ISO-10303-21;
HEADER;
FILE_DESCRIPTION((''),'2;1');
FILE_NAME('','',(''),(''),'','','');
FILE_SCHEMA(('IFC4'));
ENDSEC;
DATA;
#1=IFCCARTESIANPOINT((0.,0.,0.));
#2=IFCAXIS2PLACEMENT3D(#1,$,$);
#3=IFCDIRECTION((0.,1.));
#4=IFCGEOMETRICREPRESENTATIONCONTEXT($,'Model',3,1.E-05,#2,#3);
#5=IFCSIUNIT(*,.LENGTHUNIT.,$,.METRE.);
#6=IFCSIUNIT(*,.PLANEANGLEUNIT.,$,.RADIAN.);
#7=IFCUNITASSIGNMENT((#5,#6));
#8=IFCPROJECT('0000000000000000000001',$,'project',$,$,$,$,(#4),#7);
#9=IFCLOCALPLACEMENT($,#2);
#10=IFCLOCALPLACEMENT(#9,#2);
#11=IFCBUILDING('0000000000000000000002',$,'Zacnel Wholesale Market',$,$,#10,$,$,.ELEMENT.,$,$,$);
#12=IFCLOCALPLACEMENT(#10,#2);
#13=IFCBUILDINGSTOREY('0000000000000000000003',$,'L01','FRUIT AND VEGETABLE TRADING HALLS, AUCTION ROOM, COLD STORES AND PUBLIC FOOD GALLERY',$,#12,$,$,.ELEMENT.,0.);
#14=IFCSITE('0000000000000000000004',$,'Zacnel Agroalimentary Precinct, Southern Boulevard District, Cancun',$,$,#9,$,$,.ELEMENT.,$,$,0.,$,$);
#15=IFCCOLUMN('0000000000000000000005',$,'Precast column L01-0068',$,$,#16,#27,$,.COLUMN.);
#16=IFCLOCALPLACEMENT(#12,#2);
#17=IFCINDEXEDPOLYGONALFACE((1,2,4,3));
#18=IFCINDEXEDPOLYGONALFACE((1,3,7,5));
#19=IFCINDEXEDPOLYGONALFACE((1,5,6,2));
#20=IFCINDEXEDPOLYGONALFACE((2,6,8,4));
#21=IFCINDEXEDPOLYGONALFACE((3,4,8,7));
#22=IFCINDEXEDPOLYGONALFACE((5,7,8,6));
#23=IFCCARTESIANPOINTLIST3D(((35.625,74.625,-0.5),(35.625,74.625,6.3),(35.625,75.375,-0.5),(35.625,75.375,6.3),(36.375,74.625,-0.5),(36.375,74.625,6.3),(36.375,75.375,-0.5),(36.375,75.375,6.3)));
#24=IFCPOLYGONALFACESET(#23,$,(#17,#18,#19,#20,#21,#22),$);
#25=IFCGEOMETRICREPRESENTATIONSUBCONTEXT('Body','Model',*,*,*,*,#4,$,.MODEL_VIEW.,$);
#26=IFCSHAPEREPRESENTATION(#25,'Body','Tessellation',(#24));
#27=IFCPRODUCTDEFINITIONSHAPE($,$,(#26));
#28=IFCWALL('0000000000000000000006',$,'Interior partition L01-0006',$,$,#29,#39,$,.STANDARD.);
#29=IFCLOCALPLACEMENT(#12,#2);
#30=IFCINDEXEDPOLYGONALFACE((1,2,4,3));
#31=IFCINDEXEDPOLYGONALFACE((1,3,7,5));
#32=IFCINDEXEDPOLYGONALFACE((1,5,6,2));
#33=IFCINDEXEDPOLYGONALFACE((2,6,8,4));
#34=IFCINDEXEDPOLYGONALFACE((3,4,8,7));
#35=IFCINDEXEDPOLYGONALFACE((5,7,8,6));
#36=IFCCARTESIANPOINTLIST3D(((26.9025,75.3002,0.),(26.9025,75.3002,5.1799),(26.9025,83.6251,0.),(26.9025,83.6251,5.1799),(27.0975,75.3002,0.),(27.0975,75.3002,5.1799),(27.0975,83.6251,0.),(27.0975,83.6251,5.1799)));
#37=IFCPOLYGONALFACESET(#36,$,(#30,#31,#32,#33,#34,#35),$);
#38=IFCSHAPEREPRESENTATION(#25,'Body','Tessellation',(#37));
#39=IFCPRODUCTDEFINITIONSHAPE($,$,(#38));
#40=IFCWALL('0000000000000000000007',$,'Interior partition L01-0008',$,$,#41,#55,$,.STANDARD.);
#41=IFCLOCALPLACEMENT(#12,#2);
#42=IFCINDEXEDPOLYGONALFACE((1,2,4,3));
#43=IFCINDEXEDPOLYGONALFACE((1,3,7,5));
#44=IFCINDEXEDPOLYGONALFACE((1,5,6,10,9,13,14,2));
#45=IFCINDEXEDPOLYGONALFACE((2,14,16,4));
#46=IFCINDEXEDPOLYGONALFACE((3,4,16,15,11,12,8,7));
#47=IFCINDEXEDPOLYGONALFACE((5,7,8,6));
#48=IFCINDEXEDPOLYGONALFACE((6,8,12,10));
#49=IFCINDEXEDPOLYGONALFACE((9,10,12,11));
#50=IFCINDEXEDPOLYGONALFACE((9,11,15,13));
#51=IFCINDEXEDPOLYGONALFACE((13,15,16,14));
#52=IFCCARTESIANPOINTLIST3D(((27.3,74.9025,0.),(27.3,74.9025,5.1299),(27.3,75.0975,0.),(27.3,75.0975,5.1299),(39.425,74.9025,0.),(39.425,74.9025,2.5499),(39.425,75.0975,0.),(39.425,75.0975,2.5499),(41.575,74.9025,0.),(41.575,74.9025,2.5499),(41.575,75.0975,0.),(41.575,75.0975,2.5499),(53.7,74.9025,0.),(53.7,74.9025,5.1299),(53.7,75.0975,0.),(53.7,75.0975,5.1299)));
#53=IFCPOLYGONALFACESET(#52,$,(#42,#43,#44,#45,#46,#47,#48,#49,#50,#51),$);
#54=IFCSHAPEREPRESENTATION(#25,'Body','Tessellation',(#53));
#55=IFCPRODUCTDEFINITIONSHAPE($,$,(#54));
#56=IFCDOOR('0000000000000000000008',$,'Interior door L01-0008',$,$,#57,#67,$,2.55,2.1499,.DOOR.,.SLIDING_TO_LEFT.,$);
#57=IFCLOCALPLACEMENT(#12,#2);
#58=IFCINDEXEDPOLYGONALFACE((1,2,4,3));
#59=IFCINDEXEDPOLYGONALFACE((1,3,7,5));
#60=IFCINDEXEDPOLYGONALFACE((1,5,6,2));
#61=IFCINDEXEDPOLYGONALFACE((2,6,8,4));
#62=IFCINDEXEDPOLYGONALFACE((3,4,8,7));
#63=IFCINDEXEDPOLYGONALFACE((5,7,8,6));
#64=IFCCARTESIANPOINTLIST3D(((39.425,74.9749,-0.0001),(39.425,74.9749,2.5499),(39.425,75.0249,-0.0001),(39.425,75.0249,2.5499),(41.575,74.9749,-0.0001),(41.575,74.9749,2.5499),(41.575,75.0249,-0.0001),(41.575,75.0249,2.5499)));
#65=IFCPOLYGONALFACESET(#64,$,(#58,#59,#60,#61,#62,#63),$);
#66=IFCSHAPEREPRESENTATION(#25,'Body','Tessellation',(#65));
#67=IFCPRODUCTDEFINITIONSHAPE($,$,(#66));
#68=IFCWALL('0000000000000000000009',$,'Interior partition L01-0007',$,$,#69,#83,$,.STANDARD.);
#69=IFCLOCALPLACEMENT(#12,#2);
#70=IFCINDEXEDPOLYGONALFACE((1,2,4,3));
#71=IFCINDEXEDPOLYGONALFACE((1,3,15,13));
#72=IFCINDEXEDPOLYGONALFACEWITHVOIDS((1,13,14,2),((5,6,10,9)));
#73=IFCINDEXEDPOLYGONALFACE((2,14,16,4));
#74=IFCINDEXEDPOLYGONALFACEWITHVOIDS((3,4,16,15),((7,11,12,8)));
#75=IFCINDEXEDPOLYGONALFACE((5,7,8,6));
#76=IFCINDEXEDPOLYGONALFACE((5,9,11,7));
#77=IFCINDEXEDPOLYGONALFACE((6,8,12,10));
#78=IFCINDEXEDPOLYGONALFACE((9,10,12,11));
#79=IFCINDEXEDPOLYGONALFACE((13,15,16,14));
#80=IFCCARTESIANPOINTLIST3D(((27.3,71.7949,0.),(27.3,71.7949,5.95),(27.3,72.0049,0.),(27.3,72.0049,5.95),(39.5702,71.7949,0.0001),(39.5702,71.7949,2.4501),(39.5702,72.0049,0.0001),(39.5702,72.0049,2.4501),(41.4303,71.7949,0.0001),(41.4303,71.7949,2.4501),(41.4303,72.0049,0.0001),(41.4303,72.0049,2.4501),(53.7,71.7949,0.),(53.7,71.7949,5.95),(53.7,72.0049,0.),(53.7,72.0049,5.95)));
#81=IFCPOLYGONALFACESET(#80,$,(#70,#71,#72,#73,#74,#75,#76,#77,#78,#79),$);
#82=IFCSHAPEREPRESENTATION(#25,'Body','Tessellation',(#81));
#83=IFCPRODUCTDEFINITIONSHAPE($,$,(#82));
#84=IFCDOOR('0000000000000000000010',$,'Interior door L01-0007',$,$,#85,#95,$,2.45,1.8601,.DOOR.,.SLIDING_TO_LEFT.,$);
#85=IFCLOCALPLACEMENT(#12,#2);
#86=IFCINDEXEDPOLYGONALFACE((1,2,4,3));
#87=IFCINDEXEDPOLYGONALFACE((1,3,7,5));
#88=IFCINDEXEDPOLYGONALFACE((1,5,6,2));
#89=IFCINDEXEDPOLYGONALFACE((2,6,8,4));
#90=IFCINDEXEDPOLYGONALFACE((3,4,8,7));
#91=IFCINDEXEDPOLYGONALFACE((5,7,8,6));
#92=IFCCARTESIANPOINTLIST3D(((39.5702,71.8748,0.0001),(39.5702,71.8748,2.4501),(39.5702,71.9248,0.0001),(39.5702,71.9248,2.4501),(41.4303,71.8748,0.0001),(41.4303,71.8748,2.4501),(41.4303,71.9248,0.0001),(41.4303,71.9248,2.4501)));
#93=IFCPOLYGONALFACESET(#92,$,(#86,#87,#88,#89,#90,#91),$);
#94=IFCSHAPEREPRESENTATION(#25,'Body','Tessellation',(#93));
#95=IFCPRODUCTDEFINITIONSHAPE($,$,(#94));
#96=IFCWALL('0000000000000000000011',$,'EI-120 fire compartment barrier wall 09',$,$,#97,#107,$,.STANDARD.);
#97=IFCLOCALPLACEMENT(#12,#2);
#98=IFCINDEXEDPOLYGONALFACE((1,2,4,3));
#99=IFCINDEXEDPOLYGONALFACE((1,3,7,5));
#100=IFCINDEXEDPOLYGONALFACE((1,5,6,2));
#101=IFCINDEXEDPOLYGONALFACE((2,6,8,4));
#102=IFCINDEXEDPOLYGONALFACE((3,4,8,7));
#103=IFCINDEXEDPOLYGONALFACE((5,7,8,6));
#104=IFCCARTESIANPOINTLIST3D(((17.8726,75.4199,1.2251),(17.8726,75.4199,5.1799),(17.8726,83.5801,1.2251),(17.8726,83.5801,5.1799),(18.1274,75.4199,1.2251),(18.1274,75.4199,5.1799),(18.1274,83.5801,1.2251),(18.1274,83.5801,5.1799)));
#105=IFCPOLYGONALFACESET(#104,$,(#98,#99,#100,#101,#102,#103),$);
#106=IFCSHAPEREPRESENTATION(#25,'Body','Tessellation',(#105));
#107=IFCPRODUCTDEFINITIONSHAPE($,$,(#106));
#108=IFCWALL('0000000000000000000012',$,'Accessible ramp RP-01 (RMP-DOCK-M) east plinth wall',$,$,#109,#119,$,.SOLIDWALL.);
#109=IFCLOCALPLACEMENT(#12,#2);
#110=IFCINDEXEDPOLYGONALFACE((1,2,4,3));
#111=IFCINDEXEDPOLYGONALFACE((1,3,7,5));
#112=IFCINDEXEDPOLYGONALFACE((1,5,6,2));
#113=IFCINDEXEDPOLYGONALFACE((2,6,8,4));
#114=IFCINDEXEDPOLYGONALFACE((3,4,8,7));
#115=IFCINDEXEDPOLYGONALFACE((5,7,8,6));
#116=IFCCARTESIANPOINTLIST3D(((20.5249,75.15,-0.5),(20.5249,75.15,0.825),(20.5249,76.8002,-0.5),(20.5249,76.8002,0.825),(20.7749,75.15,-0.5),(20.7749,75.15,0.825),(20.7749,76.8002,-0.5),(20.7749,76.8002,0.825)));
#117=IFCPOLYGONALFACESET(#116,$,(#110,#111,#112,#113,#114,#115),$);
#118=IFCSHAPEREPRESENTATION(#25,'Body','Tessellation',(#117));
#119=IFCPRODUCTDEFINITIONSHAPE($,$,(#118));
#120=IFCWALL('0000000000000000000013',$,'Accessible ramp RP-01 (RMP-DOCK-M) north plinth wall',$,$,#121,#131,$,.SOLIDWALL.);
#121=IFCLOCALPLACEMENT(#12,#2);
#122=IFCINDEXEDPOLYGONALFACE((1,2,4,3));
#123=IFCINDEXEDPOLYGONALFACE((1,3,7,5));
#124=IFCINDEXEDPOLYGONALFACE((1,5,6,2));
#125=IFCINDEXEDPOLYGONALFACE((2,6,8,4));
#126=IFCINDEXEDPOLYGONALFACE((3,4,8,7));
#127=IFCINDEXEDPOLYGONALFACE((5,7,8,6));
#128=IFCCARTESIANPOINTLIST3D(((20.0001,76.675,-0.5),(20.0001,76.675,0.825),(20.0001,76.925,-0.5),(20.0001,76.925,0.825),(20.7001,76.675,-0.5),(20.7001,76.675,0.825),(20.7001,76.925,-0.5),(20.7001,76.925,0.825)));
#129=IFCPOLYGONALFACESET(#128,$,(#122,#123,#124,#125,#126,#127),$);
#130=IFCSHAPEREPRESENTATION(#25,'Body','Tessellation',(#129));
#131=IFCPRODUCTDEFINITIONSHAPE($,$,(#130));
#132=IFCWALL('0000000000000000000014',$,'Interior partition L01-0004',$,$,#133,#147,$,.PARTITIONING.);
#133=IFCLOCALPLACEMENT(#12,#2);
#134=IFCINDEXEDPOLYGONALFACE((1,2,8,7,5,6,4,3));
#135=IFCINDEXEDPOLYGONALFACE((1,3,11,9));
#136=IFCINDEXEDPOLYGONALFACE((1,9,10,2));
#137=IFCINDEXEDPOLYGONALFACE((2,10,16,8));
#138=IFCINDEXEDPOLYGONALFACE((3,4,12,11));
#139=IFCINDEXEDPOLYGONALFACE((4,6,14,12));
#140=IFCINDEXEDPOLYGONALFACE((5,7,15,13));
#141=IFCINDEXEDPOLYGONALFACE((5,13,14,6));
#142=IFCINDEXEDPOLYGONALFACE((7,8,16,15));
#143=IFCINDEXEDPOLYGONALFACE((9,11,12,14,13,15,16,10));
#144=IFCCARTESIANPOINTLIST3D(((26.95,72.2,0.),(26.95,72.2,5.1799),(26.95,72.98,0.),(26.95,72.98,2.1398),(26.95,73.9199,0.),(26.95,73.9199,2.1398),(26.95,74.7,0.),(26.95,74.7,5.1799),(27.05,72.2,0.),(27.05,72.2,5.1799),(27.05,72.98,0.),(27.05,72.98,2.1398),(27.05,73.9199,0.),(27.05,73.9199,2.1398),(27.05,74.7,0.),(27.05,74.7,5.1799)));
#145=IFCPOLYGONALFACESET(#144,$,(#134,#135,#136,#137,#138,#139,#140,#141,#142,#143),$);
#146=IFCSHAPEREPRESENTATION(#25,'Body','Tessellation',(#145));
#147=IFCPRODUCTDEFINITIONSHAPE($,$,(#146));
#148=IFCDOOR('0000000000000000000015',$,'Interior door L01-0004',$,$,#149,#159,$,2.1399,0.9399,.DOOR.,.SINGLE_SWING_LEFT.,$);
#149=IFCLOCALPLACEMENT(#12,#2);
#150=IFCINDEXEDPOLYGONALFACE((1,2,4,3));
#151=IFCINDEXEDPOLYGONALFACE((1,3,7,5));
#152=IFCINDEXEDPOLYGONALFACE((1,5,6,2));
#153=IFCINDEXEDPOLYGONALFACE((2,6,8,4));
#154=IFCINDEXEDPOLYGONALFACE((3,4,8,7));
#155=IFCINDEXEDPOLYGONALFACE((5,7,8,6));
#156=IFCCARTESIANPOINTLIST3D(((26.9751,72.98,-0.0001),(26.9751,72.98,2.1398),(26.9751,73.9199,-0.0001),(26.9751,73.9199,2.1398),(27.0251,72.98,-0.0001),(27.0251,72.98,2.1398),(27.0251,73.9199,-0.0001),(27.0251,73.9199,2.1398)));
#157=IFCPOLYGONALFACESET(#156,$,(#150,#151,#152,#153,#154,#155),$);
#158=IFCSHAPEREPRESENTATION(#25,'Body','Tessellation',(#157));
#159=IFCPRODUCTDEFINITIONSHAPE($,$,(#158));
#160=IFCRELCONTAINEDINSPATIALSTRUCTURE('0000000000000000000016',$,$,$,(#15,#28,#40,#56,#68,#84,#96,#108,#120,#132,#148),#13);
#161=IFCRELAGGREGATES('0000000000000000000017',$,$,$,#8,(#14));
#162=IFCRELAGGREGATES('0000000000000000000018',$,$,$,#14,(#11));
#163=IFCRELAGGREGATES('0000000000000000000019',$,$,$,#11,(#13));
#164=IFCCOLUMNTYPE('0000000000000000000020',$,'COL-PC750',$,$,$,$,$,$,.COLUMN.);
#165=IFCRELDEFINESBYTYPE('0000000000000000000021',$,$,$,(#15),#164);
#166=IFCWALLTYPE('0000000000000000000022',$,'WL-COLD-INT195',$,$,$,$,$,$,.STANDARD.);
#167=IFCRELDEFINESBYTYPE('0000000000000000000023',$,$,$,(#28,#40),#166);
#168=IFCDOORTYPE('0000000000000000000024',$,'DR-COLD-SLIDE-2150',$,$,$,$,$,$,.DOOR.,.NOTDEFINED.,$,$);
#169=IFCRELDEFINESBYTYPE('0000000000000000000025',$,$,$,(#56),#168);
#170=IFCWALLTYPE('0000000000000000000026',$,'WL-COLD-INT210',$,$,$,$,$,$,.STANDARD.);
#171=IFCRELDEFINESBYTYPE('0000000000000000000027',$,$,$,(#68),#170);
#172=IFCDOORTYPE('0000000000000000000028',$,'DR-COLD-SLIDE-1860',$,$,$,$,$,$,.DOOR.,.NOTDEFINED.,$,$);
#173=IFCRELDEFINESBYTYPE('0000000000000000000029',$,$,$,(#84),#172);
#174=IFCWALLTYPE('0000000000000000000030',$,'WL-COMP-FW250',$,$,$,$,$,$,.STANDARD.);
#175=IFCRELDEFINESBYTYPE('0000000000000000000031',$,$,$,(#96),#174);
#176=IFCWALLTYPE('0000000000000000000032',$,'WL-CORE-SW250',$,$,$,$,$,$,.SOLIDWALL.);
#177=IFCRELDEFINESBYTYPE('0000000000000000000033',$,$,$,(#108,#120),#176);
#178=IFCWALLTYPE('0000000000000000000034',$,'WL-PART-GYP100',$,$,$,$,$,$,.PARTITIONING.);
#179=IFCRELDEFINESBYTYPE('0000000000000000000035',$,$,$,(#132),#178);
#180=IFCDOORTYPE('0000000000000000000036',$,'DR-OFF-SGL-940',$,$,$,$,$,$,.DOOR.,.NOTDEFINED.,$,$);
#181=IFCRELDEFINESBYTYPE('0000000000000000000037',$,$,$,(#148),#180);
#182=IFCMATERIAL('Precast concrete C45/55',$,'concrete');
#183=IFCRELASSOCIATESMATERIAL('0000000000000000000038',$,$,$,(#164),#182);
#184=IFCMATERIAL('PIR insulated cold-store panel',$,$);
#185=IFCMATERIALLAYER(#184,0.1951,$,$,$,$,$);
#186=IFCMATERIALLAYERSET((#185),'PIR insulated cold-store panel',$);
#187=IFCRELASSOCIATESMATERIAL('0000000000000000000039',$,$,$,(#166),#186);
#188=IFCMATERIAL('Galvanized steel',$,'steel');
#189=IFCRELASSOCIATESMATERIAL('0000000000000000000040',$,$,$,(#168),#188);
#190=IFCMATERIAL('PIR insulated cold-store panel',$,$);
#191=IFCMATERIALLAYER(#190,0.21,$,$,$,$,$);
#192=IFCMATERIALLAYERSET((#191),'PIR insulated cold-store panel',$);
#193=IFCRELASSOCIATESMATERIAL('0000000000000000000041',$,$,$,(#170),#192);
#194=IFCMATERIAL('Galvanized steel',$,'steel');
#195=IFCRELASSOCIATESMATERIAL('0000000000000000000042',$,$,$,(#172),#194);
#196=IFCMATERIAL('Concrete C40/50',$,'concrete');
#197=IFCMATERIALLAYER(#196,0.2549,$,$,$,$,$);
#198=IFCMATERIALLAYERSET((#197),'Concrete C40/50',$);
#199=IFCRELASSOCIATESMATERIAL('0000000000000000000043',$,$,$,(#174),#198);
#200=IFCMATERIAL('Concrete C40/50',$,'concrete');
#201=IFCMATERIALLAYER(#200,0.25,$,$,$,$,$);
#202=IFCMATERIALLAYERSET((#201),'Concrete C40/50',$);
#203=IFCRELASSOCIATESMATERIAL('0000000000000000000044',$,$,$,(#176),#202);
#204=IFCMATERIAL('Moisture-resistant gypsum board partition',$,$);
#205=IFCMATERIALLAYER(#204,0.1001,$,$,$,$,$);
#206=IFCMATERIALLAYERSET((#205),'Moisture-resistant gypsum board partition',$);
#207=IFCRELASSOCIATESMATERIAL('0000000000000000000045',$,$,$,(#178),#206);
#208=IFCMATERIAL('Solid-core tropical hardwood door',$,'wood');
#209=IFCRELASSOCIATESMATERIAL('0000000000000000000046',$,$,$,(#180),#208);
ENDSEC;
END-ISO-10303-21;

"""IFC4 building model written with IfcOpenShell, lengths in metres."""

from ifc_helpers import new_model, si_unit, direction, frame, frame_2d, origin, origin_2d, place, context, subcontext, project, spatial, rectangle, extrude, material, layer, layer_set, material_profile, profile_set, type_object, element, fill, save


model = new_model("IFC4")

# Units and contexts
model_context = context("Model", 3, precision=1e-05, world=origin(), true_north=direction((0.0, 1.0)))
body_context = subcontext(model_context, "Body", "Model", "MODEL_VIEW")
ifc_project = project(units=[si_unit("LENGTHUNIT", "METRE"), si_unit("PLANEANGLEUNIT", "RADIAN")], contexts=[model_context])

# Site, building, storey
site_placement = place(None, origin())
site = spatial("IfcSite", under=ifc_project, at=site_placement, Name="Zacnel Agroalimentary Precinct, Southern Boulevard District, Cancun", CompositionType="ELEMENT", RefElevation=0.0)
building_placement = place(site_placement, origin())
building = spatial("IfcBuilding", under=site, at=building_placement, Name="Zacnel Wholesale Market", CompositionType="ELEMENT")
storey_placement = place(building_placement, origin())
storey = spatial("IfcBuildingStorey", under=building, at=storey_placement, Name="L01", Description="FRUIT AND VEGETABLE TRADING HALLS, AUCTION ROOM, COLD STORES AND PUBLIC FOOD GALLERY", CompositionType="ELEMENT", Elevation=0.0)

# Column
ifc_material_1 = material(Name="Precast concrete C45/55", Category="concrete")
ifc_material_profile_1 = material_profile(ifc_material_1, rectangle(XDim=0.75, YDim=0.75, at=origin_2d()), Name="PC 750x750")
ifc_profile_set_1 = profile_set([ifc_material_profile_1], Name="Precast concrete C45/55")
column_type = type_object("IfcColumnType", Name="COL-PC750", PredefinedType="COLUMN", material=ifc_profile_set_1)
for number, where, z_axis, x_axis, name in (
    (1, (36.0, 75.0, -0.5), (0.0, 0.0, 1.0), (1.0, 0.0, 0.0), "Precast column L01-0068"),
):
    element("IfcColumn", number, at=place(storey_placement, frame(where, z_axis=z_axis, x_axis=x_axis)), inside=storey, type_object=column_type, Name=name, PredefinedType="COLUMN", context=body_context, shape_type="SweptSolid", body=[
        extrude(rectangle(XDim=0.75, YDim=0.75, at=origin_2d()), origin(), (0.0, 0.0, 1.0), 6.8),
    ])

# Wall
ifc_material_2 = material(Name="PIR insulated cold-store panel")
ifc_layer_1 = layer(ifc_material_2, 0.1951)
ifc_layer_set_1 = layer_set([ifc_layer_1], Name="PIR insulated cold-store panel")
wall_type_1 = type_object("IfcWallType", Name="WL-COLD-INT195", PredefinedType="STANDARD", material=ifc_layer_set_1)
wall_1_placement = place(storey_placement, frame((27.0, 75.3, 0.0), z_axis=(0.0, 0.0, 1.0), x_axis=(0.0, 1.0, 0.0)))
element("IfcWall", 2, at=wall_1_placement, inside=storey, type_object=wall_type_1, Name="Interior partition L01-0006", PredefinedType="STANDARD", context=body_context, shape_type="SweptSolid", body=[
    extrude(rectangle(XDim=8.325, YDim=0.1951, at=frame_2d((4.1626, 0.0))), origin(), (0.0, 0.0, 1.0), 5.1799),
])

# Walls, openings, doors
wall_2_placement = place(storey_placement, frame((27.3, 75.0, 0.0), z_axis=(0.0, 0.0, 1.0), x_axis=(1.0, 0.0, 0.0)))
wall_2 = element("IfcWall", 3, at=wall_2_placement, inside=storey, type_object=wall_type_1, Name="Interior partition L01-0008", PredefinedType="STANDARD", context=body_context, shape_type="SweptSolid", body=[
    extrude(rectangle(XDim=26.3999, YDim=0.1951, at=frame_2d((13.2, 0.0))), origin(), (0.0, 0.0, 1.0), 5.1299),
])
opening_1_placement = place(wall_2_placement, frame((12.125, 0.0, 0.0)))
opening_1 = element("IfcOpeningElement", 4, at=opening_1_placement, cuts=wall_2, PredefinedType="OPENING", context=body_context, shape_type="SweptSolid", body=[
    extrude(rectangle(XDim=2.1499, YDim=2.55, at=frame_2d((1.075, 1.2749))), frame((0.0, 0.1074, 0.0), z_axis=(0.0, -1.0, 0.0), x_axis=(1.0, 0.0, 0.0)), (0.0, 0.0, 1.0), 0.2151),
])
ifc_material_3 = material(Name="Galvanized steel", Category="steel")
door_type_1 = type_object("IfcDoorType", Name="DR-COLD-SLIDE-2150", OperationType="NOTDEFINED", PredefinedType="DOOR", material=ifc_material_3)
door_1_placement = place(opening_1_placement, origin())
door_1 = element("IfcDoor", 5, at=door_1_placement, inside=storey, type_object=door_type_1, Name="Interior door L01-0008", OperationType="SLIDING_TO_LEFT", OverallHeight=2.55, OverallWidth=2.1499, PredefinedType="DOOR", context=body_context, shape_type="SweptSolid", body=[
    extrude(rectangle(XDim=2.1499, YDim=2.55, at=frame_2d((1.075, 1.2749))), frame((0.0, 0.0249, 0.0), z_axis=(0.0, -1.0, 0.0), x_axis=(1.0, 0.0, 0.0)), (0.0, 0.0, 1.0), 0.05),
])
fill(opening_1, door_1)
ifc_material_4 = material(Name="PIR insulated cold-store panel")
ifc_layer_2 = layer(ifc_material_4, 0.21)
ifc_layer_set_2 = layer_set([ifc_layer_2], Name="PIR insulated cold-store panel")
wall_type_2 = type_object("IfcWallType", Name="WL-COLD-INT210", PredefinedType="STANDARD", material=ifc_layer_set_2)
wall_3_placement = place(storey_placement, frame((27.3, 71.8999, 0.0), z_axis=(0.0, 0.0, 1.0), x_axis=(1.0, 0.0, 0.0)))
wall_3 = element("IfcWall", 6, at=wall_3_placement, inside=storey, type_object=wall_type_2, Name="Interior partition L01-0007", PredefinedType="STANDARD", context=body_context, shape_type="SweptSolid", body=[
    extrude(rectangle(XDim=26.3999, YDim=0.21, at=frame_2d((13.2, 0.0))), origin(), (0.0, 0.0, 1.0), 5.95),
])
opening_2_placement = place(wall_3_placement, frame((12.27, 0.0, 0.0)))
opening_2 = element("IfcOpeningElement", 7, at=opening_2_placement, cuts=wall_3, PredefinedType="OPENING", context=body_context, shape_type="SweptSolid", body=[
    extrude(rectangle(XDim=1.8601, YDim=2.45, at=frame_2d((0.9302, 1.2251))), frame((0.0, 0.115, 0.0), z_axis=(0.0, -1.0, 0.0), x_axis=(1.0, 0.0, 0.0)), (0.0, 0.0, 1.0), 0.23),
])
ifc_material_5 = material(Name="Galvanized steel", Category="steel")
door_type_2 = type_object("IfcDoorType", Name="DR-COLD-SLIDE-1860", OperationType="NOTDEFINED", PredefinedType="DOOR", material=ifc_material_5)
door_2_placement = place(opening_2_placement, origin())
door_2 = element("IfcDoor", 8, at=door_2_placement, inside=storey, type_object=door_type_2, Name="Interior door L01-0007", OperationType="SLIDING_TO_LEFT", OverallHeight=2.45, OverallWidth=1.8601, PredefinedType="DOOR", context=body_context, shape_type="SweptSolid", body=[
    extrude(rectangle(XDim=1.8601, YDim=2.45, at=frame_2d((0.9302, 1.2251))), frame((0.0, 0.0249, 0.0), z_axis=(0.0, -1.0, 0.0), x_axis=(1.0, 0.0, 0.0)), (0.0, 0.0, 1.0), 0.05),
])
fill(opening_2, door_2)

# Walls
ifc_material_6 = material(Name="Concrete C40/50", Category="concrete")
ifc_layer_3 = layer(ifc_material_6, 0.2549)
ifc_layer_set_3 = layer_set([ifc_layer_3], Name="Concrete C40/50")
wall_type_3 = type_object("IfcWallType", Name="WL-COMP-FW250", PredefinedType="STANDARD", material=ifc_layer_set_3)
wall_4_placement = place(storey_placement, frame((18.0, 75.4199, 1.2251), z_axis=(0.0, 0.0, 1.0), x_axis=(0.0, 1.0, 0.0)))
element("IfcWall", 9, at=wall_4_placement, inside=storey, type_object=wall_type_3, Name="EI-120 fire compartment barrier wall 09", PredefinedType="STANDARD", context=body_context, shape_type="SweptSolid", body=[
    extrude(rectangle(XDim=8.1602, YDim=0.2549, at=frame_2d((4.0801, 0.0))), origin(), (0.0, 0.0, 1.0), 3.9548),
])
ifc_material_7 = material(Name="Concrete C40/50", Category="concrete")
ifc_layer_4 = layer(ifc_material_7, 0.25)
ifc_layer_set_4 = layer_set([ifc_layer_4], Name="Concrete C40/50")
wall_type_4 = type_object("IfcWallType", Name="WL-CORE-SW250", PredefinedType="SOLIDWALL", material=ifc_layer_set_4)
wall_5_placement = place(storey_placement, frame((20.6499, 75.1499, -0.5), z_axis=(0.0, 0.0, 1.0), x_axis=(0.0, 1.0, 0.0)))
element("IfcWall", 10, at=wall_5_placement, inside=storey, type_object=wall_type_4, Name="Accessible ramp RP-01 (RMP-DOCK-M) east plinth wall", PredefinedType="SOLIDWALL", context=body_context, shape_type="SweptSolid", body=[
    extrude(rectangle(XDim=1.6501, YDim=0.25, at=frame_2d((0.8252, 0.0))), origin(), (0.0, 0.0, 1.0), 1.325),
])
wall_6_placement = place(storey_placement, frame((20.0, 76.8, -0.5), z_axis=(0.0, 0.0, 1.0), x_axis=(1.0, 0.0, 0.0)))
element("IfcWall", 11, at=wall_6_placement, inside=storey, type_object=wall_type_4, Name="Accessible ramp RP-01 (RMP-DOCK-M) north plinth wall", PredefinedType="SOLIDWALL", context=body_context, shape_type="SweptSolid", body=[
    extrude(rectangle(XDim=0.7, YDim=0.25, at=frame_2d((0.3501, 0.0))), origin(), (0.0, 0.0, 1.0), 1.325),
])

# Wall, opening, door
ifc_material_8 = material(Name="Moisture-resistant gypsum board partition")
ifc_layer_5 = layer(ifc_material_8, 0.1001)
ifc_layer_set_5 = layer_set([ifc_layer_5], Name="Moisture-resistant gypsum board partition")
wall_type_5 = type_object("IfcWallType", Name="WL-PART-GYP100", PredefinedType="PARTITIONING", material=ifc_layer_set_5)
wall_7_placement = place(storey_placement, frame((27.0, 72.2, 0.0), z_axis=(0.0, 0.0, 1.0), x_axis=(0.0, 1.0, 0.0)))
wall_7 = element("IfcWall", 12, at=wall_7_placement, inside=storey, type_object=wall_type_5, Name="Interior partition L01-0004", PredefinedType="PARTITIONING", context=body_context, shape_type="SweptSolid", body=[
    extrude(rectangle(XDim=2.5, YDim=0.1001, at=frame_2d((1.25, 0.0))), origin(), (0.0, 0.0, 1.0), 5.1799),
])
opening_3_placement = place(wall_7_placement, frame((0.78, 0.0, 0.0)))
opening_3 = element("IfcOpeningElement", 13, at=opening_3_placement, cuts=wall_7, PredefinedType="OPENING", context=body_context, shape_type="SweptSolid", body=[
    extrude(rectangle(XDim=0.9399, YDim=2.1399, at=frame_2d((0.47, 1.0698))), frame((0.0, 0.0601, 0.0), z_axis=(0.0, -1.0, 0.0), x_axis=(1.0, 0.0, 0.0)), (0.0, 0.0, 1.0), 0.1201),
])
ifc_material_9 = material(Name="Solid-core tropical hardwood door", Category="wood")
door_type_3 = type_object("IfcDoorType", Name="DR-OFF-SGL-940", OperationType="NOTDEFINED", PredefinedType="DOOR", material=ifc_material_9)
door_3_placement = place(opening_3_placement, origin())
door_3 = element("IfcDoor", 14, at=door_3_placement, inside=storey, type_object=door_type_3, Name="Interior door L01-0004", OperationType="SINGLE_SWING_LEFT", OverallHeight=2.1399, OverallWidth=0.9399, PredefinedType="DOOR", context=body_context, shape_type="SweptSolid", body=[
    extrude(rectangle(XDim=0.9399, YDim=2.1399, at=frame_2d((0.47, 1.0698))), frame((0.0, 0.0249, 0.0), z_axis=(0.0, -1.0, 0.0), x_axis=(1.0, 0.0, 0.0)), (0.0, 0.0, 1.0), 0.05),
])
fill(opening_3, door_3)

save(model, "model.ifc")
